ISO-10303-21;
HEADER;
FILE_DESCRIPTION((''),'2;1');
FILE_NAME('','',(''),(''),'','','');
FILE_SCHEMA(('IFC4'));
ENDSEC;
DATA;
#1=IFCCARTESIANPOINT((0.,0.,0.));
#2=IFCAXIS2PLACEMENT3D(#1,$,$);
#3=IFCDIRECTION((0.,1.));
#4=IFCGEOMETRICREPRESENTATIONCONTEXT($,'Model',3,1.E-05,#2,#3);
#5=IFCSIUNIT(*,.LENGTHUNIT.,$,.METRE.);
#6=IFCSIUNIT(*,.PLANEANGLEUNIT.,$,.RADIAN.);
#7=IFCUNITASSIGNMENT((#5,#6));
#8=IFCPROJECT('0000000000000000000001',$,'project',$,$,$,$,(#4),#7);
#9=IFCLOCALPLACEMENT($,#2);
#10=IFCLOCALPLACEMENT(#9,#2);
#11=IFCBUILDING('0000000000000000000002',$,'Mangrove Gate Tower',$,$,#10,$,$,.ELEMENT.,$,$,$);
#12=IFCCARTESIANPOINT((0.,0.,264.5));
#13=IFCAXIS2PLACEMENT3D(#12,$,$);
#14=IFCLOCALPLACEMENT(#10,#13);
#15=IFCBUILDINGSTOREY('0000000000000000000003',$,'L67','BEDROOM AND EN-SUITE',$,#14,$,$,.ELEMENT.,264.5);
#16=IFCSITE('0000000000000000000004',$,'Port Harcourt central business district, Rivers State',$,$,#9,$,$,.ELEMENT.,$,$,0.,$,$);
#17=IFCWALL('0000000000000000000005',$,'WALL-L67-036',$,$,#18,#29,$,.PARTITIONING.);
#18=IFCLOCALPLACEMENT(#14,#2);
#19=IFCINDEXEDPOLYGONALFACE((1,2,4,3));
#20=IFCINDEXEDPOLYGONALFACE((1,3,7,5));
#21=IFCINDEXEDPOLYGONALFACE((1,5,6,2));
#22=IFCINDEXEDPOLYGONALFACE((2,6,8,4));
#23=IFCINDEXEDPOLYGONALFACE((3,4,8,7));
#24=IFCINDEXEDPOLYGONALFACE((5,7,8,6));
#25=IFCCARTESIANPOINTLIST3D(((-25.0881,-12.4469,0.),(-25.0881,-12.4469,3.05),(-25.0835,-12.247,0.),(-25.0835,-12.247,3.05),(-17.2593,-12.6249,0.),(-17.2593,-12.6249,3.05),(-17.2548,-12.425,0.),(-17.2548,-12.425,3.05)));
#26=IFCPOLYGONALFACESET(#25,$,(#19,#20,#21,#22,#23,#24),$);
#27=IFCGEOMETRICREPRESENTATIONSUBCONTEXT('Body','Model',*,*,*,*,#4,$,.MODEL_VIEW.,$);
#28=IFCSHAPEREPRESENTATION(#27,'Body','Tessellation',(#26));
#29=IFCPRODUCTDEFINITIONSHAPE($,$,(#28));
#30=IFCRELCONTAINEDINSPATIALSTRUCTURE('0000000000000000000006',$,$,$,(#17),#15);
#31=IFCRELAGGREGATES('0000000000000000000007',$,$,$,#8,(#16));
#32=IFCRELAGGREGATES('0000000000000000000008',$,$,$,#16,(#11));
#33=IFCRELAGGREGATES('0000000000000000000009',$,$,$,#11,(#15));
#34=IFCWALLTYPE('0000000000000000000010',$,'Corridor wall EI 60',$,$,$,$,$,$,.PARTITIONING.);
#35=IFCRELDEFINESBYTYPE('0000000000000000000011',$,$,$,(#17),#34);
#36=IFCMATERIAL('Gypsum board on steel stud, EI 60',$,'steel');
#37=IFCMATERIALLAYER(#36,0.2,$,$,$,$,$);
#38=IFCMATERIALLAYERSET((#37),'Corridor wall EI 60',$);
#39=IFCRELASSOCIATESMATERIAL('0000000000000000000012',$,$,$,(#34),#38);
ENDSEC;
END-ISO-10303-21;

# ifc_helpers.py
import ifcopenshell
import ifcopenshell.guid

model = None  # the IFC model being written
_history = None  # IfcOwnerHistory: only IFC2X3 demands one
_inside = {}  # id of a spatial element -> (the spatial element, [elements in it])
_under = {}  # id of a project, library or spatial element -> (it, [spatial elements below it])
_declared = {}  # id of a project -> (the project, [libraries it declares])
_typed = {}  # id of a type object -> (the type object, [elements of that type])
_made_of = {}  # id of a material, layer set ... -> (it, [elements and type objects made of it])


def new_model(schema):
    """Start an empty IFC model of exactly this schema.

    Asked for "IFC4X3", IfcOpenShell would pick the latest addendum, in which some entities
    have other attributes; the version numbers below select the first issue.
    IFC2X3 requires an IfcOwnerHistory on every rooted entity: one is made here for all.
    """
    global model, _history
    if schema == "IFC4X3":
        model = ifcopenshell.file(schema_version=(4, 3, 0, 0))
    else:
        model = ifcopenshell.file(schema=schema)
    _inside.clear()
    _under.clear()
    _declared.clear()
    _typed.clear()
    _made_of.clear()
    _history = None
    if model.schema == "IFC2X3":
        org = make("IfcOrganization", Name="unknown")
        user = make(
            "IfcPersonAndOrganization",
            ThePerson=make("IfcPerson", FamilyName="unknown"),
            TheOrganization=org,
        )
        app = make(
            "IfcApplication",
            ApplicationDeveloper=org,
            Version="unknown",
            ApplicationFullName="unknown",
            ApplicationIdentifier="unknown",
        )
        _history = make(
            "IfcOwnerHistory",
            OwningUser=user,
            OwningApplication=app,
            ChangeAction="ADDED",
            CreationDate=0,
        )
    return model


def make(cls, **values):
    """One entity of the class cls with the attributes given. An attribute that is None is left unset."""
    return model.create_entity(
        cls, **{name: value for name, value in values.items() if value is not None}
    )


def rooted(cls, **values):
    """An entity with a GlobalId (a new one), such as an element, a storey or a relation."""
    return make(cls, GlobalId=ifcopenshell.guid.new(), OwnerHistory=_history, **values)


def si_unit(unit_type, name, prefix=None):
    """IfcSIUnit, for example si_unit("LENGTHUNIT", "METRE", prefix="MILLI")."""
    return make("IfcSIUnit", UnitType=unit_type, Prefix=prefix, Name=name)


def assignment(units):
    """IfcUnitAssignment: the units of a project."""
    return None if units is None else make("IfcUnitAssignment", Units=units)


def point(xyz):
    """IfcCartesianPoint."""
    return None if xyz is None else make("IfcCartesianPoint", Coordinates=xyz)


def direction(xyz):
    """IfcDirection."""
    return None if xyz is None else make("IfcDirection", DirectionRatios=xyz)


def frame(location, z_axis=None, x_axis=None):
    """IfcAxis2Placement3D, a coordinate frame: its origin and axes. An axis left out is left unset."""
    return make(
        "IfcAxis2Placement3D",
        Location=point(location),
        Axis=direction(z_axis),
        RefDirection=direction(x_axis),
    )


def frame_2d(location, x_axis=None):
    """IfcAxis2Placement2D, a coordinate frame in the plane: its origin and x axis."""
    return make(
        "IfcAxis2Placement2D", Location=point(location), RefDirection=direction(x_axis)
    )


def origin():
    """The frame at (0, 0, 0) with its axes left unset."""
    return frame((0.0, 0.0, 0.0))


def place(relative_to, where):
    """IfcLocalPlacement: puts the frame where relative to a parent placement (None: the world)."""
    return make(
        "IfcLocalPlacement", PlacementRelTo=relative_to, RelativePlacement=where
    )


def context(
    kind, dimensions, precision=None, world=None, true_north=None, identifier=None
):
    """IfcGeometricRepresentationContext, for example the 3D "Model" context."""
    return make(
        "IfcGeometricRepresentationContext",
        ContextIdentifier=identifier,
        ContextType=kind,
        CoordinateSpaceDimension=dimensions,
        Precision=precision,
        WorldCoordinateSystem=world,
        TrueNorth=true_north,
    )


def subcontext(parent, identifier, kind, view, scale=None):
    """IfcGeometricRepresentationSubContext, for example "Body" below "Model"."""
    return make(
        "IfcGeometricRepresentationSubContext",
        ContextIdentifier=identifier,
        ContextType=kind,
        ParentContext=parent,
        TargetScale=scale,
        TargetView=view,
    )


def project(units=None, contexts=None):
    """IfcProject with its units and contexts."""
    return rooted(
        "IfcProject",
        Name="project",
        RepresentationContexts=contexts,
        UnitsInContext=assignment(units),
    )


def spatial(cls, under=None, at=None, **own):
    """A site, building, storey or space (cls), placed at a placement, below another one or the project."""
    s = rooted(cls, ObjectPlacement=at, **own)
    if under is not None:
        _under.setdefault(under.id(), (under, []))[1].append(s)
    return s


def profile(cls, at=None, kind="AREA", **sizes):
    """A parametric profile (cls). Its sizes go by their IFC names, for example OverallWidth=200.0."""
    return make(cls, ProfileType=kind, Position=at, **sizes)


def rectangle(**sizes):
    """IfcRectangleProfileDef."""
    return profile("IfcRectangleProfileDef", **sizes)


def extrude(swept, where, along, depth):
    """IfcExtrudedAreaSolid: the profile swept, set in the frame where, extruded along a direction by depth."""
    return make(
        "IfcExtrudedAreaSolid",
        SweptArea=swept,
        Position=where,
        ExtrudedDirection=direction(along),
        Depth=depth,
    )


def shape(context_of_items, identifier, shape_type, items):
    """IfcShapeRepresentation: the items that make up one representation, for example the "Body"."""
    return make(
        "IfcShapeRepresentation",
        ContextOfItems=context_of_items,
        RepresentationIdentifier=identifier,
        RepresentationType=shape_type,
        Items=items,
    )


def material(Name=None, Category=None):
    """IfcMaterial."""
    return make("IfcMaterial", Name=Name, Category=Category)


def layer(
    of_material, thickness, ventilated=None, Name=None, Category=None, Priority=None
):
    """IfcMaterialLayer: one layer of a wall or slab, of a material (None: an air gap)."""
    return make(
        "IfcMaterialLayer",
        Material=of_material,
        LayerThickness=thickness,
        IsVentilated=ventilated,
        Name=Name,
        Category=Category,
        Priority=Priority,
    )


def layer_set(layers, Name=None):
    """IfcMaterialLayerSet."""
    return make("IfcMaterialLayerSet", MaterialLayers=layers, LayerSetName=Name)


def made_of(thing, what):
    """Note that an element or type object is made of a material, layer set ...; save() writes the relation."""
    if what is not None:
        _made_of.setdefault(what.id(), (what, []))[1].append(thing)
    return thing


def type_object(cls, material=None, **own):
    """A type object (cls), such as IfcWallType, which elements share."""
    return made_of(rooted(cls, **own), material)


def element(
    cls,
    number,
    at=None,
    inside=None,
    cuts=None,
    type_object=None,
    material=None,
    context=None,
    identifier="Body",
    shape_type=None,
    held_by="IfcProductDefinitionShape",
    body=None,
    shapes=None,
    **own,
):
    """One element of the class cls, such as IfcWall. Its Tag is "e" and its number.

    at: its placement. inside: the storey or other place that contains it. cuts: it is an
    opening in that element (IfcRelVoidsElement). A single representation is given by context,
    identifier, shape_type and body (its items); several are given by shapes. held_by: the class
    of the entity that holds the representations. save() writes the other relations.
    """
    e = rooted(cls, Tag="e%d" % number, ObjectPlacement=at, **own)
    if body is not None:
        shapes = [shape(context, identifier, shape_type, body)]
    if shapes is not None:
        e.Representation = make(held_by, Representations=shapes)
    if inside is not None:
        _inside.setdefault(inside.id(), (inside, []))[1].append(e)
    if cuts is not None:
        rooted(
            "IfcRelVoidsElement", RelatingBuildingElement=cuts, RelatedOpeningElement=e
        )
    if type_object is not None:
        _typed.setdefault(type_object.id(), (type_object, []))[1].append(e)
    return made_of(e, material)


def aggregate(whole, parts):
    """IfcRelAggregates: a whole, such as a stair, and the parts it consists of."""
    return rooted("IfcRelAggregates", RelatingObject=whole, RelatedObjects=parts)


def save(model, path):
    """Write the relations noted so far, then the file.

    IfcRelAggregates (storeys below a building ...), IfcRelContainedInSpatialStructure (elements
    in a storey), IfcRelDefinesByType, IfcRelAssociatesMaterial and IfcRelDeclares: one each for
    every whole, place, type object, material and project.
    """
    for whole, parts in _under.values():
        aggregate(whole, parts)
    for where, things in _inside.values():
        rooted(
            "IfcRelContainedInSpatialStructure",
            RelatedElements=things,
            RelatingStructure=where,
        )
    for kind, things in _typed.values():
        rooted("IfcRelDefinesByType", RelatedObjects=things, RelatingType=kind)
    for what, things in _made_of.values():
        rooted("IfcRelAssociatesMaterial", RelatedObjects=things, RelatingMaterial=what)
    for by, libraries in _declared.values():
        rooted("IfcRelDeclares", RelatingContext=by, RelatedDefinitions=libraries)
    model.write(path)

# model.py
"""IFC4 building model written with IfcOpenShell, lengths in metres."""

from ifc_helpers import new_model, si_unit, direction, frame, frame_2d, origin, place, context, subcontext, project, spatial, rectangle, extrude, material, layer, layer_set, type_object, element, save


model = new_model("IFC4")

# Units and contexts
model_context = context("Model", 3, precision=1e-05, world=origin(), true_north=direction((0.0, 1.0)))
body_context = subcontext(model_context, "Body", "Model", "MODEL_VIEW")
ifc_project = project(units=[si_unit("LENGTHUNIT", "METRE"), si_unit("PLANEANGLEUNIT", "RADIAN")], contexts=[model_context])

# Site, building, storey
site_placement = place(None, origin())
site = spatial("IfcSite", under=ifc_project, at=site_placement, Name="Port Harcourt central business district, Rivers State", CompositionType="ELEMENT", RefElevation=0.0)
building_placement = place(site_placement, origin())
building = spatial("IfcBuilding", under=site, at=building_placement, Name="Mangrove Gate Tower", CompositionType="ELEMENT")
storey_placement = place(building_placement, frame((0.0, 0.0, 264.5)))
storey = spatial("IfcBuildingStorey", under=building, at=storey_placement, Name="L67", Description="BEDROOM AND EN-SUITE", CompositionType="ELEMENT", Elevation=264.5)

# Shared definitions
ifc_material_1 = material(Name="Gypsum board on steel stud, EI 60", Category="steel")
ifc_layer = layer(ifc_material_1, 0.2)
ifc_layer_set = layer_set([ifc_layer], Name="Corridor wall EI 60")
wall_type = type_object("IfcWallType", Name="Corridor wall EI 60", PredefinedType="PARTITIONING", material=ifc_layer_set)

# Wall
wall_1_placement = place(storey_placement, frame((-25.0859, -12.3469, 0.0), z_axis=(0.0, 0.0, 1.0), x_axis=(0.999742, -0.022728, 0.0)))
element("IfcWall", 1, at=wall_1_placement, inside=storey, type_object=wall_type, Name="WALL-L67-036", PredefinedType="PARTITIONING", context=body_context, shape_type="SweptSolid", body=[
    extrude(rectangle(XDim=7.8308, YDim=0.2, at=frame_2d((3.9155, 0.0))), origin(), (0.0, 0.0, 1.0), 3.05),
])

save(model, "model.ifc")
